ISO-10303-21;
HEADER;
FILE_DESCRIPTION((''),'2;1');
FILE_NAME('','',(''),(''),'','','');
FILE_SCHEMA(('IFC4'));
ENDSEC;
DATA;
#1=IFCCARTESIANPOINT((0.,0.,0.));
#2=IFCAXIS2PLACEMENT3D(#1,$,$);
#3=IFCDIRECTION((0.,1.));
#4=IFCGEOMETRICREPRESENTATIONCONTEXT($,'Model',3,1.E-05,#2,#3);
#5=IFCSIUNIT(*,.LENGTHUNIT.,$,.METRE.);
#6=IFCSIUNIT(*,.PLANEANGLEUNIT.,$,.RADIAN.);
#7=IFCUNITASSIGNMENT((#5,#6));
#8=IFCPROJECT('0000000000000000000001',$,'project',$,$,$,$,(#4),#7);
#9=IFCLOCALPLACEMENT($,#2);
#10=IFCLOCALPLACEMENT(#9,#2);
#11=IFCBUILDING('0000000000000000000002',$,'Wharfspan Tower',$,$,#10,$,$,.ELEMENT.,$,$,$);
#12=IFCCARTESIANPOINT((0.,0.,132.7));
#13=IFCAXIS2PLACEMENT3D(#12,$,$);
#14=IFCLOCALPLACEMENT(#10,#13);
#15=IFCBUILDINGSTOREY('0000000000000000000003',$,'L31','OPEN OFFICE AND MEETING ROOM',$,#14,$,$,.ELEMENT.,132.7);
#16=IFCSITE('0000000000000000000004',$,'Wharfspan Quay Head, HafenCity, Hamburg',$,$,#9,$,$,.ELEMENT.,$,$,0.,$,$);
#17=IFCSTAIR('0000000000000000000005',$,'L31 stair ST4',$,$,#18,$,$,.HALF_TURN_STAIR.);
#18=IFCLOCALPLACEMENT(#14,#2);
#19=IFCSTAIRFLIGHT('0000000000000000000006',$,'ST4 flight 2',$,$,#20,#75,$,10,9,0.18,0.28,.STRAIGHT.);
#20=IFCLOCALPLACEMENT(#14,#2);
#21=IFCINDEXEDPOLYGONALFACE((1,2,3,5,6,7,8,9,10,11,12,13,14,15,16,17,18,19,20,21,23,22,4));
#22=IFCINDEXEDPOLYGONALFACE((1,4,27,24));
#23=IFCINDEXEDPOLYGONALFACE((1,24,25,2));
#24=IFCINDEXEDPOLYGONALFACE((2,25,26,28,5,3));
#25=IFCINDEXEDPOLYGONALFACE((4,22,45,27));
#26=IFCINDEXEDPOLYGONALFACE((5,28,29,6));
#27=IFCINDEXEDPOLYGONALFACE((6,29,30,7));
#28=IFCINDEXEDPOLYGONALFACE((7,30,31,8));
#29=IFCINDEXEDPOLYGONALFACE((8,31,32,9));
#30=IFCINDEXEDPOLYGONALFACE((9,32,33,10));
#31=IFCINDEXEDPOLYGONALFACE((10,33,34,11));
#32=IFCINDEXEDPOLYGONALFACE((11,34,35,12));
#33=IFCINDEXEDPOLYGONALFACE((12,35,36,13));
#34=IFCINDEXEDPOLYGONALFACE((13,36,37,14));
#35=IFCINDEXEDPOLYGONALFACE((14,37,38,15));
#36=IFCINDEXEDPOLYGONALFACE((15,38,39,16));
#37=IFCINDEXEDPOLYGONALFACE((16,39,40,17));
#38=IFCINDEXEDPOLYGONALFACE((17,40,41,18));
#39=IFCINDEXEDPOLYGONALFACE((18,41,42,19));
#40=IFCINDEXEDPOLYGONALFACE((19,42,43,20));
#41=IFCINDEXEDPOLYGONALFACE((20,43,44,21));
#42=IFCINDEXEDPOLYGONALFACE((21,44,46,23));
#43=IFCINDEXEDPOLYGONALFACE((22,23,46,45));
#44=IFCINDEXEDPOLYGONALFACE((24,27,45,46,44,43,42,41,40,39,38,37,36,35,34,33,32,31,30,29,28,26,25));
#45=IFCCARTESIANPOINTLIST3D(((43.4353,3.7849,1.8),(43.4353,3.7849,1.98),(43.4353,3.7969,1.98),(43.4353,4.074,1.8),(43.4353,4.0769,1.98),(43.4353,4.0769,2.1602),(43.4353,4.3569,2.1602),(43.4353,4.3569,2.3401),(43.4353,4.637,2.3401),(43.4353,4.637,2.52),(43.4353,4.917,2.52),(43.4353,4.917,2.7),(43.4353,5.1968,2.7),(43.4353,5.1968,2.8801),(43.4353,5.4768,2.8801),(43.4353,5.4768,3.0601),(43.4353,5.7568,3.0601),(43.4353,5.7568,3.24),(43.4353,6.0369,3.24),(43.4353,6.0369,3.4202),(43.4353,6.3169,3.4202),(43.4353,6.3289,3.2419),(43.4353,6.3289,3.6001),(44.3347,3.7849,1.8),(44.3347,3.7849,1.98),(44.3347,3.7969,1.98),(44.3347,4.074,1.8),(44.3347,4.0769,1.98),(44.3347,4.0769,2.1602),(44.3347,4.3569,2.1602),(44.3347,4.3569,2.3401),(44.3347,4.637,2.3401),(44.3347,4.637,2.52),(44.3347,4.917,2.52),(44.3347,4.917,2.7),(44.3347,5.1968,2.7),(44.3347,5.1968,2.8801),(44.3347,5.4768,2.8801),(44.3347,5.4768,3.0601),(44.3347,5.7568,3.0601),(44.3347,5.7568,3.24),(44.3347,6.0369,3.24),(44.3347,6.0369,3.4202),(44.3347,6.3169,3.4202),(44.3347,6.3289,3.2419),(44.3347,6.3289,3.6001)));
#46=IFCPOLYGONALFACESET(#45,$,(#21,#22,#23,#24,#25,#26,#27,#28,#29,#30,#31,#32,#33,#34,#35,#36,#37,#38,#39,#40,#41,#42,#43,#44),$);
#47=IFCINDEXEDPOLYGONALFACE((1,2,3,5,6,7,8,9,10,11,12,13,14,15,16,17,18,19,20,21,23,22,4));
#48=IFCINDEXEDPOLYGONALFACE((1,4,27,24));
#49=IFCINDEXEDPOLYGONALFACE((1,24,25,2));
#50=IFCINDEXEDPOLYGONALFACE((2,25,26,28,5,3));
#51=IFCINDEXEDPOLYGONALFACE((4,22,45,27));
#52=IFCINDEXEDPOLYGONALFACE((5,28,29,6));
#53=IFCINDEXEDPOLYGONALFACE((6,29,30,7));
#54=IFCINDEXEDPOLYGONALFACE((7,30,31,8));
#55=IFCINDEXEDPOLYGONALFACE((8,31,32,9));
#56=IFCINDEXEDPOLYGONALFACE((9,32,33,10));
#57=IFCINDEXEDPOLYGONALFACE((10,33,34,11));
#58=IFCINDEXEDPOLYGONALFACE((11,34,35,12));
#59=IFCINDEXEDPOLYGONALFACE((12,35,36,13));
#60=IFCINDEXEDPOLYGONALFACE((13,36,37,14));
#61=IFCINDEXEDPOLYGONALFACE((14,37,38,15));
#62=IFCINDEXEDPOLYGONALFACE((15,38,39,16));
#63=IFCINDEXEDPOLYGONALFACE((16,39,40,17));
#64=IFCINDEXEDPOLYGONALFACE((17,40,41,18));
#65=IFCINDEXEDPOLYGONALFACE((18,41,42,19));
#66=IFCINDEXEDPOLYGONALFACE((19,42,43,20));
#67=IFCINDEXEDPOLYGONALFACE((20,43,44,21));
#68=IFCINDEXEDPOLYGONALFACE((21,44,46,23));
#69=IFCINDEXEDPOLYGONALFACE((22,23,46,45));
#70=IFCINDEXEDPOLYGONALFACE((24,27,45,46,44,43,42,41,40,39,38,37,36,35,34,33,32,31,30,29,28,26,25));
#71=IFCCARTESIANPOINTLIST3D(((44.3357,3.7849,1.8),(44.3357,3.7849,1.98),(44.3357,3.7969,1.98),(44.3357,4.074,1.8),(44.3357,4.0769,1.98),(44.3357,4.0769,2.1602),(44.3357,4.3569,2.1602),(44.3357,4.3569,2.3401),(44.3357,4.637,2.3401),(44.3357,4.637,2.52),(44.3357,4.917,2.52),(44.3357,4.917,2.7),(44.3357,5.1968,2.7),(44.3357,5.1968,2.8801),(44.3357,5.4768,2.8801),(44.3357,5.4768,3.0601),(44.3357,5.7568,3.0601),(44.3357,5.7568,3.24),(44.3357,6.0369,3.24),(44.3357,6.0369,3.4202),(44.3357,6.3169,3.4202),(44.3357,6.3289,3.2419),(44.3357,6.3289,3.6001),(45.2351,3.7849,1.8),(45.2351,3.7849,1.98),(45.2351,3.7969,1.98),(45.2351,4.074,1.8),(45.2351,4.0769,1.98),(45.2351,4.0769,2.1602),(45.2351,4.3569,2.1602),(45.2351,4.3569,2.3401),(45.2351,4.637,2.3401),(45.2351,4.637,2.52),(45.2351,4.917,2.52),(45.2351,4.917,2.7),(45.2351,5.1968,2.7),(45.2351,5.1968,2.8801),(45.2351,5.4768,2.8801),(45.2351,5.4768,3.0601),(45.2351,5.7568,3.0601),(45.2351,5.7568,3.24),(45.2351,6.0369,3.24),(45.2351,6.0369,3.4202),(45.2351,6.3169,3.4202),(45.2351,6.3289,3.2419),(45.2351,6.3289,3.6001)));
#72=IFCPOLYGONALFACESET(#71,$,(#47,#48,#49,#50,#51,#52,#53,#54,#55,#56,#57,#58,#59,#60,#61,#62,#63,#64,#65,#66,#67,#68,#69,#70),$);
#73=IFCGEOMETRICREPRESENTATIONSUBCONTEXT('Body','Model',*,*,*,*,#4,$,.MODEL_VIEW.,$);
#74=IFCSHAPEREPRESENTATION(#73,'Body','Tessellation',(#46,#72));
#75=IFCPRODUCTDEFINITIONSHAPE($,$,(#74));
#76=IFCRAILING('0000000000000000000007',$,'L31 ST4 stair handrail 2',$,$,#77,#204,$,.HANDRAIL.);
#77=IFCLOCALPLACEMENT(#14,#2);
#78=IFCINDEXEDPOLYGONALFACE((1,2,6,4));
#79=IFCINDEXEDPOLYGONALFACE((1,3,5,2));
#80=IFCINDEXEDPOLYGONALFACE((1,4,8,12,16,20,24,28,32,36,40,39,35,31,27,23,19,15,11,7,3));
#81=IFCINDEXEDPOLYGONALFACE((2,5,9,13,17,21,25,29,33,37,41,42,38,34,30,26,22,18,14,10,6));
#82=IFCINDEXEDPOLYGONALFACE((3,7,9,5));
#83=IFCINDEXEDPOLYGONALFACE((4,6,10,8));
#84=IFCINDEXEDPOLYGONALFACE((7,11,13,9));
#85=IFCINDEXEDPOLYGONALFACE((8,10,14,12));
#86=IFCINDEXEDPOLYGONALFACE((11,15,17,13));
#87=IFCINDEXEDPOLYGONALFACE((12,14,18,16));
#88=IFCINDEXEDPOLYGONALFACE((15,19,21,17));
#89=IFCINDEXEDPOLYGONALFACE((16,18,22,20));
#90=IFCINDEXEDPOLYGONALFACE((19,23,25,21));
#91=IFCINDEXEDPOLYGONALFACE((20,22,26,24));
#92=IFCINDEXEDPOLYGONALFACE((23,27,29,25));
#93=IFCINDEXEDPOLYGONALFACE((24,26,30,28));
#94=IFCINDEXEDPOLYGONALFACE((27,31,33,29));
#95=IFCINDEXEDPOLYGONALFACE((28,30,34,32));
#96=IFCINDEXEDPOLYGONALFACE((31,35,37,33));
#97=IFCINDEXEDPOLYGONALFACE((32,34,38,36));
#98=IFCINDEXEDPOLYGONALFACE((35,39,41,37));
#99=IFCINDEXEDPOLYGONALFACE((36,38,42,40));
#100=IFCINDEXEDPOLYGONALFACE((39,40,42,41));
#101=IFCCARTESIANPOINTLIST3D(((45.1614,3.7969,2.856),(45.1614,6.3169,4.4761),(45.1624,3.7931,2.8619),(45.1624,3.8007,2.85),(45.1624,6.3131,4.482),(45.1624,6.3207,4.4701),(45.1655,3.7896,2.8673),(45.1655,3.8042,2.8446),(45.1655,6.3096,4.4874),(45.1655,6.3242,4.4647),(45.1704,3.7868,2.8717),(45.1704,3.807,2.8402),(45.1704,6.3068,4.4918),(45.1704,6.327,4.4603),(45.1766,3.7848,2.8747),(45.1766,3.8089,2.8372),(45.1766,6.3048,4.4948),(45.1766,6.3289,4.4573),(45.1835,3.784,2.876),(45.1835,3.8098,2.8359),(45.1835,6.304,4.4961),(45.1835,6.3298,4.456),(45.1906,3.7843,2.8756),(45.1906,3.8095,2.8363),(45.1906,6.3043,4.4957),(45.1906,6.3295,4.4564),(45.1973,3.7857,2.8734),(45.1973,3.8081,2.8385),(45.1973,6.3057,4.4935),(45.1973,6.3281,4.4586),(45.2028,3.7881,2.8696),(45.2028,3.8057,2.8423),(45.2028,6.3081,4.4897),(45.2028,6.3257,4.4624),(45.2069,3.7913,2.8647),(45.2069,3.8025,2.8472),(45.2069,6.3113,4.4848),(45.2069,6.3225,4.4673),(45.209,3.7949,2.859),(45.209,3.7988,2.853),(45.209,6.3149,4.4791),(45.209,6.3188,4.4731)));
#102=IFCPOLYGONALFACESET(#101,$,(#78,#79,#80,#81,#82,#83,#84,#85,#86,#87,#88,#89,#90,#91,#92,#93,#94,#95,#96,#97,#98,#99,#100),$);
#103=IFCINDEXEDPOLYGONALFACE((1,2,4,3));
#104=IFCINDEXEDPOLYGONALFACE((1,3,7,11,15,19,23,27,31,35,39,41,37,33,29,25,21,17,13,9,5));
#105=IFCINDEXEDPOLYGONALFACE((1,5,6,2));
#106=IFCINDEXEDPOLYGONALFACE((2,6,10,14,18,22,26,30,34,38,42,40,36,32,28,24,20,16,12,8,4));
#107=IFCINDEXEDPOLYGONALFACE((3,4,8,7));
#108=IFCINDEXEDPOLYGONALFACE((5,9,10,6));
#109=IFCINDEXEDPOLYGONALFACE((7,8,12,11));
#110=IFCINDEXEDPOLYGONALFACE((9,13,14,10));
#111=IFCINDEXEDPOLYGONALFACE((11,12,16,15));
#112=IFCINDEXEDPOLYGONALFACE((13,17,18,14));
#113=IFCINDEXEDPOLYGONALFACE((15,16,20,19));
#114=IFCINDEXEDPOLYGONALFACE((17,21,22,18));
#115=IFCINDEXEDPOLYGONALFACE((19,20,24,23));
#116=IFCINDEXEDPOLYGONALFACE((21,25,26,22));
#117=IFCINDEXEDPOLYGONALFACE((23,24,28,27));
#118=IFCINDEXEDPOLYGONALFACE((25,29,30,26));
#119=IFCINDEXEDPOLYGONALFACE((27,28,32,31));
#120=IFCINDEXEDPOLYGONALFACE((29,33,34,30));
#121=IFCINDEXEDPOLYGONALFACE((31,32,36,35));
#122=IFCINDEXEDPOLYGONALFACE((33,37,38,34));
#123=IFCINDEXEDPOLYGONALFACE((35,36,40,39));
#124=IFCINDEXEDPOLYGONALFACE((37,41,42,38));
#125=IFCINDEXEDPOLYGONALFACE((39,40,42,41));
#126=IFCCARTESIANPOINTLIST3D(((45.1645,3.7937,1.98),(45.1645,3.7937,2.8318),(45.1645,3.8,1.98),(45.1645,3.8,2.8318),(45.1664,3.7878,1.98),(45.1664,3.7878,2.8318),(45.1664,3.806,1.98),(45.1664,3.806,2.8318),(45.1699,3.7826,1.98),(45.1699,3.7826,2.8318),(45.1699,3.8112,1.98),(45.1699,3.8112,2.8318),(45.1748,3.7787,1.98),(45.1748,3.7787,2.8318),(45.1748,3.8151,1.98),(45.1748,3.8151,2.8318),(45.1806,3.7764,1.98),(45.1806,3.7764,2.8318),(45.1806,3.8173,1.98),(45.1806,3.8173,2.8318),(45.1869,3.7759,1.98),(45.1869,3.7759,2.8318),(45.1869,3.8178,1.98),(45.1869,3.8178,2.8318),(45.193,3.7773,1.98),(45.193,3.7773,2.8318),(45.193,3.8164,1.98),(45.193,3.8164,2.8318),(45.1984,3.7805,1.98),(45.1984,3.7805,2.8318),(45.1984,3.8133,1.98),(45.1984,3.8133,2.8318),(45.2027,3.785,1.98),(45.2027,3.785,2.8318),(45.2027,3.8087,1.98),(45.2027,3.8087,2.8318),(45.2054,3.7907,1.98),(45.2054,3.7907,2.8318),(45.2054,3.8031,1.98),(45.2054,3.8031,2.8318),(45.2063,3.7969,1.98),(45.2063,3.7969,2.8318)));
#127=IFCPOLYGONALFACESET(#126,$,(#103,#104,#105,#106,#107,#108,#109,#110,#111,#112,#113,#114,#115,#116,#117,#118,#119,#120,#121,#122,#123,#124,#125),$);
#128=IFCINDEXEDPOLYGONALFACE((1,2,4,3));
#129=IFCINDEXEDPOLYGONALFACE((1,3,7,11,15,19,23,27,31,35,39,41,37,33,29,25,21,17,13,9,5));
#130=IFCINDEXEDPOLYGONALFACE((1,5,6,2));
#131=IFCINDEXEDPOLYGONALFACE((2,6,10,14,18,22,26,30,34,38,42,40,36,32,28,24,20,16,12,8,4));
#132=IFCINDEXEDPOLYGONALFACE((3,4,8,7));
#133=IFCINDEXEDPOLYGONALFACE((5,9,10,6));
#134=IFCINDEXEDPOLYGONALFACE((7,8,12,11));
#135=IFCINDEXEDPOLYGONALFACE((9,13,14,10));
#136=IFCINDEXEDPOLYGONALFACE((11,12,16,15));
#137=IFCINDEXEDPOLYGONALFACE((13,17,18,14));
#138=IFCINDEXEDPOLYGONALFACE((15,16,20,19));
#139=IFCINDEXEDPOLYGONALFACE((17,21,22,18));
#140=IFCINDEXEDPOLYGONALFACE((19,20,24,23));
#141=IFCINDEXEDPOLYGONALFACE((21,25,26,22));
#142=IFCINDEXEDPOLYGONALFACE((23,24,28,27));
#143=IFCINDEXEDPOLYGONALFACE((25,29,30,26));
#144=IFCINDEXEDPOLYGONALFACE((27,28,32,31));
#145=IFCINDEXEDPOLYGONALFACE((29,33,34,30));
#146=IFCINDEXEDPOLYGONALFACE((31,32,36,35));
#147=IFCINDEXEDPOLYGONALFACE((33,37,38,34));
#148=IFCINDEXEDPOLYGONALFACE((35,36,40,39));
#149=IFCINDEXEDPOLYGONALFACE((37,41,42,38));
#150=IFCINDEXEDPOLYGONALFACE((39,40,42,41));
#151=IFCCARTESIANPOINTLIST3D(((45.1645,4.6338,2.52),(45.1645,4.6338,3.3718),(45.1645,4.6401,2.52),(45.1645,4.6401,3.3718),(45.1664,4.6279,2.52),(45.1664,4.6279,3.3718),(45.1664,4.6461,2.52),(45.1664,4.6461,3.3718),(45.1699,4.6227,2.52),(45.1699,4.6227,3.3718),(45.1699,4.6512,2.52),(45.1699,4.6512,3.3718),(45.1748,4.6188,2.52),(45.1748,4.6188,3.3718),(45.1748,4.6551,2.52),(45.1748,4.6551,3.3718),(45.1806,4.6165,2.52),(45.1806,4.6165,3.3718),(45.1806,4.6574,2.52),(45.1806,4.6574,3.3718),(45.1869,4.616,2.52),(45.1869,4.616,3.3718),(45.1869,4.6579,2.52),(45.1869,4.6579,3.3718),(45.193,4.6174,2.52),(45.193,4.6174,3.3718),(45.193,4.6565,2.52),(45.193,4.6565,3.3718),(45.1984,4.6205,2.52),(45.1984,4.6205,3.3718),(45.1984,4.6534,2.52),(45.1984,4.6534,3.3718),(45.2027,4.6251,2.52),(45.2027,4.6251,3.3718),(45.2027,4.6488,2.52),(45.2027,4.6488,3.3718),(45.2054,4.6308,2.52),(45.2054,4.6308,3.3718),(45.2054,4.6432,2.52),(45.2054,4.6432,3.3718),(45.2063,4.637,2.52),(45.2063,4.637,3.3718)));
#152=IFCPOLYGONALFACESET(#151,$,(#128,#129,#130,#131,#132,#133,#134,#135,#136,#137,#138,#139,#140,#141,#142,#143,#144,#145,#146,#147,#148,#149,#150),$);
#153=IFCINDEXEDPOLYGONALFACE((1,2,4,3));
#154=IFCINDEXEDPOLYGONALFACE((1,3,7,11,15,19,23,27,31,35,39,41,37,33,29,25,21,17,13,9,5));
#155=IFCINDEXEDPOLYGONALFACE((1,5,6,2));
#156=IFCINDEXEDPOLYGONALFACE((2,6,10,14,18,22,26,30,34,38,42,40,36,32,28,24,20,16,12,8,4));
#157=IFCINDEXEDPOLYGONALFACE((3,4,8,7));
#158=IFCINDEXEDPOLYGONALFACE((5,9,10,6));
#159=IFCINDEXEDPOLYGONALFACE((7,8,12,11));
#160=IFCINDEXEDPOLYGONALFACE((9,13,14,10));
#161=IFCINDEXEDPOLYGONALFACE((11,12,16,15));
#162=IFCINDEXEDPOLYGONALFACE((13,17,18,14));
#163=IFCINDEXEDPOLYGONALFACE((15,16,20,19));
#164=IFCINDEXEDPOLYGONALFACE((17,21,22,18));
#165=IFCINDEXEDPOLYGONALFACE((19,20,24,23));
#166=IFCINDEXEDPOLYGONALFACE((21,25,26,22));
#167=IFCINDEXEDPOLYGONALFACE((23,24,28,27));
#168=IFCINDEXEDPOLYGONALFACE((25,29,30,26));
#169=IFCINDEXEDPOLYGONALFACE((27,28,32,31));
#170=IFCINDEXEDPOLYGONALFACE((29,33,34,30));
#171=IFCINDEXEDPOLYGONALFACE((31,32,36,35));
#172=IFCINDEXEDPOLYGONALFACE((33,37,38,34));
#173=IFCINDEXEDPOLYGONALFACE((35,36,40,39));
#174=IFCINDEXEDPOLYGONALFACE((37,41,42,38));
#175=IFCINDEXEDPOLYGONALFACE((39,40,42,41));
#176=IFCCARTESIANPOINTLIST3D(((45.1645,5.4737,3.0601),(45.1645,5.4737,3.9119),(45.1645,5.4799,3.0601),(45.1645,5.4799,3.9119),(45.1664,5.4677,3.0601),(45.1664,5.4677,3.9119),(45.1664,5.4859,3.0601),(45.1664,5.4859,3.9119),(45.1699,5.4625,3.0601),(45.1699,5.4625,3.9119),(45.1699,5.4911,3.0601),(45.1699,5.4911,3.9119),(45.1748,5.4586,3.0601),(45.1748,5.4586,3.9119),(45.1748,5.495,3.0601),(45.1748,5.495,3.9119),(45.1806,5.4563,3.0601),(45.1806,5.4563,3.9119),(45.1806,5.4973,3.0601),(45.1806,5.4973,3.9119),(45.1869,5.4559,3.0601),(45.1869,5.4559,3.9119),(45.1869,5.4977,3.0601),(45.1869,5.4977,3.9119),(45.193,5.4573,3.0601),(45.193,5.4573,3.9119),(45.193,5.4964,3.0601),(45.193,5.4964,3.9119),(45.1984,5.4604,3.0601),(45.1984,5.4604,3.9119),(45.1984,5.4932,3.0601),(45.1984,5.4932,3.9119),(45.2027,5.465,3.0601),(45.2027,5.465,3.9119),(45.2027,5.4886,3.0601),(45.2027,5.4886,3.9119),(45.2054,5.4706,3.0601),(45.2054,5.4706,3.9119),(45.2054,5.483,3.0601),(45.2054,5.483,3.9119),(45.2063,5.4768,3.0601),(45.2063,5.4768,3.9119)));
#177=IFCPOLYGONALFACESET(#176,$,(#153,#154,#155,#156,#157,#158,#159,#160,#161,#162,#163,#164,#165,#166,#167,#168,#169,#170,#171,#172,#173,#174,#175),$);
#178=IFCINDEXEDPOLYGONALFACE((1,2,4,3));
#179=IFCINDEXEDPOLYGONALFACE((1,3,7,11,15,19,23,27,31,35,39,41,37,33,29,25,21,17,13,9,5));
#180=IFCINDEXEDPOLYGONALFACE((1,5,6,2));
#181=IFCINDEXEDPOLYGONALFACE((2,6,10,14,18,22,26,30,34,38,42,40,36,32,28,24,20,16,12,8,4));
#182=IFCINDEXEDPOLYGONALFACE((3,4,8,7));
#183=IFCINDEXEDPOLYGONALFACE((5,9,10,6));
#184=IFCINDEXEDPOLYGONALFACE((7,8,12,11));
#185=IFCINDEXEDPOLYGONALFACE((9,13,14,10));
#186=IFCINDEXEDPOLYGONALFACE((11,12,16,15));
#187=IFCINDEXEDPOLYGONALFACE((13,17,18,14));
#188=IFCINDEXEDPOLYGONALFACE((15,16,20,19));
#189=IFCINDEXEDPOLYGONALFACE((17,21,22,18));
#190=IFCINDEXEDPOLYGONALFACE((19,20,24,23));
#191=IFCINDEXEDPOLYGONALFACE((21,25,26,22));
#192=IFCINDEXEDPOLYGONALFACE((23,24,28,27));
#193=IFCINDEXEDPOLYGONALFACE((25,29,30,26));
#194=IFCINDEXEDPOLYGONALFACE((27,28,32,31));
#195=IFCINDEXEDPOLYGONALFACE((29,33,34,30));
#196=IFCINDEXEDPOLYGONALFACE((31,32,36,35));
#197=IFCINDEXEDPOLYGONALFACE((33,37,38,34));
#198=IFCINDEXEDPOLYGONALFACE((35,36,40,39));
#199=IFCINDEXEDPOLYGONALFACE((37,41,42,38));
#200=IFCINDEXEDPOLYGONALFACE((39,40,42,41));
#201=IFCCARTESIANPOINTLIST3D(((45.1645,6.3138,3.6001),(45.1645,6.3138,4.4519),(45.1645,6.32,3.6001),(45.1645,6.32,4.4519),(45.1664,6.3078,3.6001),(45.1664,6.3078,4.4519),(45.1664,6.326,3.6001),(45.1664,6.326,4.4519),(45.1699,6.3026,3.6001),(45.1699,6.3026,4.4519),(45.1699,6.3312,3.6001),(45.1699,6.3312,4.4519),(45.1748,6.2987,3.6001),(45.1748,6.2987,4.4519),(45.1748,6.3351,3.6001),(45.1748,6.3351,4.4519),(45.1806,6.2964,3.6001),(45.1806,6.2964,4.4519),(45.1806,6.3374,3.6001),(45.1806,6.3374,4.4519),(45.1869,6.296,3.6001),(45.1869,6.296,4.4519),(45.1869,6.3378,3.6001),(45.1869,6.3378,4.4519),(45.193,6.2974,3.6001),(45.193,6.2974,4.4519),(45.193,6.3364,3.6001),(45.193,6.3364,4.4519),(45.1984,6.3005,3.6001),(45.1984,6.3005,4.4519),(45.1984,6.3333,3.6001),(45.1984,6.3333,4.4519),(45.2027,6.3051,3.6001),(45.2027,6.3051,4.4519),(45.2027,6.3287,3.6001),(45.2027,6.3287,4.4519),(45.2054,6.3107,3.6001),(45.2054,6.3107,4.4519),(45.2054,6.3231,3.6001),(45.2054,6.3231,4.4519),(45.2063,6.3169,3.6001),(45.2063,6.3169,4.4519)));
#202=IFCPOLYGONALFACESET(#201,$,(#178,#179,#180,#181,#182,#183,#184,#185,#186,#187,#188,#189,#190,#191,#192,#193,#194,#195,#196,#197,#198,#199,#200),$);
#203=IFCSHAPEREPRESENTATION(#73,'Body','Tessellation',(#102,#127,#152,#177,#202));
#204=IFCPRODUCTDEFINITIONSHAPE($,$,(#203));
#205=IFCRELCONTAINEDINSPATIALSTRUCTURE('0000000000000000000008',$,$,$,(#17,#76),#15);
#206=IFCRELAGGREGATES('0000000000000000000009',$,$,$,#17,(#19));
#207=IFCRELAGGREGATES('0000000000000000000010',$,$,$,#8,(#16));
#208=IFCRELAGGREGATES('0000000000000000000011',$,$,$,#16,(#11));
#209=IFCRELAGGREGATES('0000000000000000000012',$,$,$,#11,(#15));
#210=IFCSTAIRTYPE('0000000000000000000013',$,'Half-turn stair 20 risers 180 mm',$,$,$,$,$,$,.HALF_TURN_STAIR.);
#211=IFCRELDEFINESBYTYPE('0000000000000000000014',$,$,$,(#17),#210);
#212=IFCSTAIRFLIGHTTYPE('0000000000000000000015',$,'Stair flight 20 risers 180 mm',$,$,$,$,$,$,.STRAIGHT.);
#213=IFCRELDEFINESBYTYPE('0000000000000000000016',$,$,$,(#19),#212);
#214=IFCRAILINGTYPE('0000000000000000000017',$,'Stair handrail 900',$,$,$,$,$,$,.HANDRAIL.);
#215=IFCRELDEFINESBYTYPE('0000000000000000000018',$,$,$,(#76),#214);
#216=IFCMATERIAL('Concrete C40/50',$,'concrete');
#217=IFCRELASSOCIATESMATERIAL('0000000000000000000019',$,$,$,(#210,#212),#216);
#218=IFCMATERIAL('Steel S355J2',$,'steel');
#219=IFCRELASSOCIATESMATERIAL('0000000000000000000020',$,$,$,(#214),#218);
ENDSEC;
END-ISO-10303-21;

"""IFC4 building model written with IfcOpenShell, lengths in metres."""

from ifc_helpers import new_model, si_unit, direction, frame, origin, origin_2d, place, context, subcontext, project, spatial, polyline, circle, outline, extrude, material, type_object, element, aggregate, save


model = new_model("IFC4")

# Units and contexts
model_context = context("Model", 3, precision=1e-05, world=origin(), true_north=direction((0.0, 1.0)))
body_context = subcontext(model_context, "Body", "Model", "MODEL_VIEW")
ifc_project = project(units=[si_unit("LENGTHUNIT", "METRE"), si_unit("PLANEANGLEUNIT", "RADIAN")], contexts=[model_context])

# Site, building, storey
site_placement = place(None, origin())
site = spatial("IfcSite", under=ifc_project, at=site_placement, Name="Wharfspan Quay Head, HafenCity, Hamburg", CompositionType="ELEMENT", RefElevation=0.0)
building_placement = place(site_placement, origin())
building = spatial("IfcBuilding", under=site, at=building_placement, Name="Wharfspan Tower", CompositionType="ELEMENT")
storey_placement = place(building_placement, frame((0.0, 0.0, 132.7)))
storey = spatial("IfcBuildingStorey", under=building, at=storey_placement, Name="L31", Description="OPEN OFFICE AND MEETING ROOM", CompositionType="ELEMENT", Elevation=132.7)

# Shared definitions
ifc_material_1 = material(Name="Steel S355J2", Category="steel")

# Shared definitions
ifc_material_2 = material(Name="Concrete C40/50", Category="concrete")

# Stair, stair flight
stair_type = type_object("IfcStairType", Name="Half-turn stair 20 risers 180 mm", PredefinedType="HALF_TURN_STAIR", material=ifc_material_2)
stair_placement = place(storey_placement, origin())
stair = element("IfcStair", 1, at=stair_placement, inside=storey, type_object=stair_type, Name="L31 stair ST4", PredefinedType="HALF_TURN_STAIR")
stair_flight_type = type_object("IfcStairFlightType", Name="Stair flight 20 risers 180 mm", PredefinedType="STRAIGHT", material=ifc_material_2)
stair_flight_placement = place(storey_placement, frame((44.3352, 3.7969, 1.8), z_axis=(0.0, 0.0, 1.0), x_axis=(0.0, 1.0, 0.0)))
stair_flight = element("IfcStairFlight", 2, at=stair_flight_placement, type_object=stair_flight_type, Name="ST4 flight 2", NumberOfRisers=10, NumberOfTreads=9, PredefinedType="STRAIGHT", RiserHeight=0.18, TreadLength=0.28, context=body_context, shape_type="SweptSolid", body=[
    extrude(outline(polyline([(-0.012, 0.0), (-0.012, 0.1799), (0.0, 0.1799), (0.28, 0.1799), (0.28, 0.3601), (0.5601, 0.3601), (0.5601, 0.54), (0.8401, 0.54), (0.8401, 0.72), (1.1201, 0.72), (1.1201, 0.8999), (1.3999, 0.8999), (1.3999, 1.0801), (1.6799, 1.0801), (1.6799, 1.26), (1.96, 1.26), (1.96, 1.4399), (2.24, 1.4399), (2.24, 1.6201), (2.52, 1.6201), (2.532, 1.8), (2.532, 1.4419), (0.2771, 0.0), (-0.012, 0.0)])), frame((0.0, 0.8999, 0.0), z_axis=(0.0, -1.0, 0.0), x_axis=(1.0, 0.0, 0.0)), (0.0, 0.0, 1.0), 0.8994),
    extrude(outline(polyline([(-0.012, 0.0), (-0.012, 0.1799), (0.0, 0.1799), (0.28, 0.1799), (0.28, 0.3601), (0.5601, 0.3601), (0.5601, 0.54), (0.8401, 0.54), (0.8401, 0.72), (1.1201, 0.72), (1.1201, 0.8999), (1.3999, 0.8999), (1.3999, 1.0801), (1.6799, 1.0801), (1.6799, 1.26), (1.96, 1.26), (1.96, 1.4399), (2.24, 1.4399), (2.24, 1.6201), (2.52, 1.6201), (2.532, 1.8), (2.532, 1.4419), (0.2771, 0.0), (-0.012, 0.0)])), frame((0.0, -0.0005, 0.0), z_axis=(0.0, -1.0, 0.0), x_axis=(1.0, 0.0, 0.0)), (0.0, 0.0, 1.0), 0.8994),
])
aggregate(stair, [stair_flight])

# Railing
railing_type = type_object("IfcRailingType", Name="Stair handrail 900", PredefinedType="HANDRAIL", material=ifc_material_1)
railing_placement = place(storey_placement, frame((45.1853, 3.7969, 1.98)))
element("IfcRailing", 3, at=railing_placement, inside=storey, type_object=railing_type, Name="L31 ST4 stair handrail 2", PredefinedType="HANDRAIL", context=body_context, shape_type="SweptSolid", body=[
    extrude(circle(Radius=0.0239, at=origin_2d()), frame((0.0, 0.0, 0.876), z_axis=(0.0, 0.841163, 0.540782), x_axis=(-1.0, 0.0, 0.0)), (0.0, 0.0, 1.0), 2.9958),
    extrude(circle(Radius=0.021, at=origin_2d()), origin(), (0.0, 0.0, 1.0), 0.8518),
    extrude(circle(Radius=0.021, at=origin_2d()), frame((0.0, 0.8401, 0.54)), (0.0, 0.0, 1.0), 0.8518),
    extrude(circle(Radius=0.021, at=origin_2d()), frame((0.0, 1.6799, 1.0801)), (0.0, 0.0, 1.0), 0.8518),
    extrude(circle(Radius=0.021, at=origin_2d()), frame((0.0, 2.52, 1.6201)), (0.0, 0.0, 1.0), 0.8518),
])

save(model, "model.ifc")
